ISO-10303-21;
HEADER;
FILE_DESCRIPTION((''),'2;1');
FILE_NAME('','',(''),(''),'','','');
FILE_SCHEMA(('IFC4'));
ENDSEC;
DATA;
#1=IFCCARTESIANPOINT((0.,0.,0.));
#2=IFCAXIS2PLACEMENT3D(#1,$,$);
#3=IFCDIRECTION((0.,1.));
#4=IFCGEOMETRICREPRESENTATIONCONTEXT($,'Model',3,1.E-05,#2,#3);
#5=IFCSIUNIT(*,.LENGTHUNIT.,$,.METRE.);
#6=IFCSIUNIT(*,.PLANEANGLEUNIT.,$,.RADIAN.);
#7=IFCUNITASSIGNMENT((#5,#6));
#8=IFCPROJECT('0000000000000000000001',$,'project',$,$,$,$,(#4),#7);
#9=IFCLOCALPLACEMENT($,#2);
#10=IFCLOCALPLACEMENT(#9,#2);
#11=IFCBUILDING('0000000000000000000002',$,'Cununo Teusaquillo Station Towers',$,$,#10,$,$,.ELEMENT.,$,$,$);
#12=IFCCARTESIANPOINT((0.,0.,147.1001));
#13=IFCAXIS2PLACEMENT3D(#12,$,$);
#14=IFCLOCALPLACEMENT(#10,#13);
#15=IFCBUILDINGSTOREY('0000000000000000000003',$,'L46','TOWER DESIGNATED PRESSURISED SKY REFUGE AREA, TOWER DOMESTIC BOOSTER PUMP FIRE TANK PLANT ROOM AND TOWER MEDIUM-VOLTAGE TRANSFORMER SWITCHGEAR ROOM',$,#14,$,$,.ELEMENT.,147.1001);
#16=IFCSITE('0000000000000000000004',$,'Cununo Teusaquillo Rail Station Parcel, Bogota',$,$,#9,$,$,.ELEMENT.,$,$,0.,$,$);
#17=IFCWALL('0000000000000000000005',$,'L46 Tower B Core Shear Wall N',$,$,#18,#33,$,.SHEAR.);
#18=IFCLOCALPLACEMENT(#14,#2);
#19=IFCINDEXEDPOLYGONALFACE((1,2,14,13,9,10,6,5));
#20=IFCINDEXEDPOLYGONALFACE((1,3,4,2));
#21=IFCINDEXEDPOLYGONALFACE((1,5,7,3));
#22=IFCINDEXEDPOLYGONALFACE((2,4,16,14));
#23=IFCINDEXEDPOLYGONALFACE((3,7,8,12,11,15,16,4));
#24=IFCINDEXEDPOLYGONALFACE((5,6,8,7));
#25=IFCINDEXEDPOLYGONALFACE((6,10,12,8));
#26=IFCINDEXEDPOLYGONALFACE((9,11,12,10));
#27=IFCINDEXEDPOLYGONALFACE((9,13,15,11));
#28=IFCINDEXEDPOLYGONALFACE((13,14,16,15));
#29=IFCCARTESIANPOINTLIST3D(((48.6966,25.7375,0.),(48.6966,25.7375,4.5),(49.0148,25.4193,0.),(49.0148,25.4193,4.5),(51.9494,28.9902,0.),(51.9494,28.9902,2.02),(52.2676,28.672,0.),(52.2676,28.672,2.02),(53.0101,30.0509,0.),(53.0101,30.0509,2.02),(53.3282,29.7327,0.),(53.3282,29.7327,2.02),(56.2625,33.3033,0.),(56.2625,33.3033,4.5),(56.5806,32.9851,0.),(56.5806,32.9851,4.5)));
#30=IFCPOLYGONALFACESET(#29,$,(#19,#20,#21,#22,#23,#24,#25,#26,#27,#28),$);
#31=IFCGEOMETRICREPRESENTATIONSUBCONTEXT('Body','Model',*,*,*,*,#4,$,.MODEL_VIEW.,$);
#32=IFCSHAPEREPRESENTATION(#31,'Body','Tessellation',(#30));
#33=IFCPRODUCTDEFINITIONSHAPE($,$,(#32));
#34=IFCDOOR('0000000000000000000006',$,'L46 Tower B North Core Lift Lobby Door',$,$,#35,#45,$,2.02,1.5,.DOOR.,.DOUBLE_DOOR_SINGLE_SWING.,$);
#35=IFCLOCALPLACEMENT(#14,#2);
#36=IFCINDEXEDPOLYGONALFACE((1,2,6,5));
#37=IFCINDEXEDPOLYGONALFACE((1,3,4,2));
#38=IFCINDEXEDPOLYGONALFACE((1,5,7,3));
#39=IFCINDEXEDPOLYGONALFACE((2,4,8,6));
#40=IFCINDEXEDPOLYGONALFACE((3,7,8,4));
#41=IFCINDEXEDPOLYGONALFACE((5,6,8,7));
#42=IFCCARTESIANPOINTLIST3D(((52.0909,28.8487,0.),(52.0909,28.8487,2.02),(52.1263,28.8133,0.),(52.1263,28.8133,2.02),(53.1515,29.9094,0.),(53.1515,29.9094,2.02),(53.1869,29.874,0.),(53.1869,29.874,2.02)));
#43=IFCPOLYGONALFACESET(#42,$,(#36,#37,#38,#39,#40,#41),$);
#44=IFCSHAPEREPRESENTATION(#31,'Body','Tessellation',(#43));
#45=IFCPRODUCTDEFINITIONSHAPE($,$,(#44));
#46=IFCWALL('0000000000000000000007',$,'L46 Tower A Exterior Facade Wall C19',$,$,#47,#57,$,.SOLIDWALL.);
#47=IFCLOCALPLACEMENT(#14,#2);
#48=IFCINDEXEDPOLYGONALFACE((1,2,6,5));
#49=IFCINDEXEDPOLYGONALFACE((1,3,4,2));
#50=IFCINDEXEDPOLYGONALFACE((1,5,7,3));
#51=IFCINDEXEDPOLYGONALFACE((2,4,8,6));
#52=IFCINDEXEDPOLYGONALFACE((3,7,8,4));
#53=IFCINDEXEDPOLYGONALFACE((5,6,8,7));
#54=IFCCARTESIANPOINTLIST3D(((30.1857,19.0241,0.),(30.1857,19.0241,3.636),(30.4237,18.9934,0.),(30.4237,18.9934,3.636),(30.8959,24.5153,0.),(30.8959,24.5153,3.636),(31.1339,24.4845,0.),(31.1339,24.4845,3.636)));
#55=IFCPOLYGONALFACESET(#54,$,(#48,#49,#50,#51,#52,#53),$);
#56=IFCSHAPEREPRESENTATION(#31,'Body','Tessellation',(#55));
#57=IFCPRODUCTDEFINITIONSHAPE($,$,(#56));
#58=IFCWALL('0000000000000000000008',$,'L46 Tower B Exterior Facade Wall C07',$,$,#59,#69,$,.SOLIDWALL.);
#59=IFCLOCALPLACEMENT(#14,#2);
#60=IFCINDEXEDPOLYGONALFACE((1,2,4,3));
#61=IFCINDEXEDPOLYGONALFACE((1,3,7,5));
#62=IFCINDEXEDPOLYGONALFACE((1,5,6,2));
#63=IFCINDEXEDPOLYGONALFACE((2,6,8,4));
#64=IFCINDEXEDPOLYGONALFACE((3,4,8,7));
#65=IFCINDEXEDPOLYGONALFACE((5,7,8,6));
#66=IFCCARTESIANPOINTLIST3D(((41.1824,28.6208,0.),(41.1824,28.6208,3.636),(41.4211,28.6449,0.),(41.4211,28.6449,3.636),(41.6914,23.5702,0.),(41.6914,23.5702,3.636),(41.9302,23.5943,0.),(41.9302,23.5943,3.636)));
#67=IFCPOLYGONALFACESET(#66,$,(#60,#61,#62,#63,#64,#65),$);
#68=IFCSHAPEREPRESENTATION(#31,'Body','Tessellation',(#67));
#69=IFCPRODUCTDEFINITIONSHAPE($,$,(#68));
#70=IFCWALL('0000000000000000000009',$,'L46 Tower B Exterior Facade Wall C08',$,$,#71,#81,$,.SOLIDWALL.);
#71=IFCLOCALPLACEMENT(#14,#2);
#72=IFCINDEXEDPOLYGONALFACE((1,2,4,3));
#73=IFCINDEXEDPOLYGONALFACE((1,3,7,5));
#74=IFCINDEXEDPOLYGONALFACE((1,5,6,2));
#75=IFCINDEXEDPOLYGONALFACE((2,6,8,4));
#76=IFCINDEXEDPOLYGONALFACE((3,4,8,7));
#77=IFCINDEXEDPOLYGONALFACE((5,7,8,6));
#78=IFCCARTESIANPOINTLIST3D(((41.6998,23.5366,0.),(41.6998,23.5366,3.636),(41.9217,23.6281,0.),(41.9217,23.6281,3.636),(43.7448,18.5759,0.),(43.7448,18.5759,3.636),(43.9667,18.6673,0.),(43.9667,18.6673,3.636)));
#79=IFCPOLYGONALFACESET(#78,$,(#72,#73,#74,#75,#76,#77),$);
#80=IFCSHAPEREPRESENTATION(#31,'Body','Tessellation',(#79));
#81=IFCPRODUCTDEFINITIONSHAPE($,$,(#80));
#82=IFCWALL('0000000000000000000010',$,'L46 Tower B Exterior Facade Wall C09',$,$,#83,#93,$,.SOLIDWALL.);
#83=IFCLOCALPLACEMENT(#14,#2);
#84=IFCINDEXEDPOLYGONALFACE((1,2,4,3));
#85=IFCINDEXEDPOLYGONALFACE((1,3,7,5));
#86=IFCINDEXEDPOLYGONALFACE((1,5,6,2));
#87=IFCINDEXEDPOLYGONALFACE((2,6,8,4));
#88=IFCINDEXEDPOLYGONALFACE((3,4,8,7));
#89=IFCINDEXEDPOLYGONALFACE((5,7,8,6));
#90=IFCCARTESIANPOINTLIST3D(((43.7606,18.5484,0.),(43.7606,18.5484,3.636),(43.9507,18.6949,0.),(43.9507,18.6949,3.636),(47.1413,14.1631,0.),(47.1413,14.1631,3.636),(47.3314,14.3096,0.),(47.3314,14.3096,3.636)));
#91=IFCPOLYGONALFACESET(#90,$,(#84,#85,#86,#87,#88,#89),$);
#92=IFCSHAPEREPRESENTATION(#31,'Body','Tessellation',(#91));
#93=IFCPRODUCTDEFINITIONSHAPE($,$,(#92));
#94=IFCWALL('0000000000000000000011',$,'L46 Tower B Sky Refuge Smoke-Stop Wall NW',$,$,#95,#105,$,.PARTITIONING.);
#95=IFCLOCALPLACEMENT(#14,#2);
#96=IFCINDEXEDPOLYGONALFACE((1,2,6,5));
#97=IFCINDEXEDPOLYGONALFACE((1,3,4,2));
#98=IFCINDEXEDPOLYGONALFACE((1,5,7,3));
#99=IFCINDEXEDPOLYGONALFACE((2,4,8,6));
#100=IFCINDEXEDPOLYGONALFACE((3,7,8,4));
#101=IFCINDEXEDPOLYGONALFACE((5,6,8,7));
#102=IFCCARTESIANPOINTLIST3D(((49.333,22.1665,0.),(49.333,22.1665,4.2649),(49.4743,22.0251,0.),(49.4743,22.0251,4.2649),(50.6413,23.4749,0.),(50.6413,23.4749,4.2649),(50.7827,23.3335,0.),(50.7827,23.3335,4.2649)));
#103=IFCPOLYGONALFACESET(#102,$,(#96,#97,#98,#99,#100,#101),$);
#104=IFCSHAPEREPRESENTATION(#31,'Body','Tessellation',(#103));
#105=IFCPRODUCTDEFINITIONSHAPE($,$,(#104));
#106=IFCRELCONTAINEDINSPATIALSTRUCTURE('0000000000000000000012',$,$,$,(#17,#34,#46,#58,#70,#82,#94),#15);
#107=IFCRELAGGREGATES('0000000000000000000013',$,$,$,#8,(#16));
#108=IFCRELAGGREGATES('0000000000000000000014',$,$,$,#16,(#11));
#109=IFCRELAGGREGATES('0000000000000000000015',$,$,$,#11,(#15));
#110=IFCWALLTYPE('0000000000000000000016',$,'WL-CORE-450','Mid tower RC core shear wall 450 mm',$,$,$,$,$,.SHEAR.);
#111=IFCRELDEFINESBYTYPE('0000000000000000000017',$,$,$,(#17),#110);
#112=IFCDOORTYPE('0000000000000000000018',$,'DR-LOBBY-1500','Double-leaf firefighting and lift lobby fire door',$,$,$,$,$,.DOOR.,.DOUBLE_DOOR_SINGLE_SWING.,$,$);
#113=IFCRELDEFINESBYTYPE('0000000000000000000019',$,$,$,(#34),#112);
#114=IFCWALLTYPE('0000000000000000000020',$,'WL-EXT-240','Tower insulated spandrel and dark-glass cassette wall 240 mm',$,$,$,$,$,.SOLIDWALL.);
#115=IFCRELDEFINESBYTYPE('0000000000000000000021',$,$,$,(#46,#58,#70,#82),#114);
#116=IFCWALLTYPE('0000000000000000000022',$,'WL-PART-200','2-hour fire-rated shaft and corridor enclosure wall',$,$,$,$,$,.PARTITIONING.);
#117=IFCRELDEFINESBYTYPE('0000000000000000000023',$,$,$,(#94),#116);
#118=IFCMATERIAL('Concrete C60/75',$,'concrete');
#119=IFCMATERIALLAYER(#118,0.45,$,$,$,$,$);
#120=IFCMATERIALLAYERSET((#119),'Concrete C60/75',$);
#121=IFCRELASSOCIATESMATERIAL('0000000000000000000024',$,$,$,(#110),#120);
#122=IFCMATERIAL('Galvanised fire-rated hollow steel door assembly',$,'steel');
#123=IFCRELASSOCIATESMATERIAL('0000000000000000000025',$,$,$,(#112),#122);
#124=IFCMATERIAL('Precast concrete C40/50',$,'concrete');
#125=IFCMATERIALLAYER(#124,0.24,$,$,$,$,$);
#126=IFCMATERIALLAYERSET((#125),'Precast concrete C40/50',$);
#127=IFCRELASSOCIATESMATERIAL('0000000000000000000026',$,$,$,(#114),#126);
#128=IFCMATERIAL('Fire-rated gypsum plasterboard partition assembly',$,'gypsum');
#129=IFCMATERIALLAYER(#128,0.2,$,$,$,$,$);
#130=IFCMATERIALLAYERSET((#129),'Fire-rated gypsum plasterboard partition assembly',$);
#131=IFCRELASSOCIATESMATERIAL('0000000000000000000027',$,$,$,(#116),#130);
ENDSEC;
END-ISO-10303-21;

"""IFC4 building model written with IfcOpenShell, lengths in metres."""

from ifc_helpers import new_model, si_unit, direction, frame, frame_2d, origin, place, context, subcontext, project, spatial, rectangle, extrude, source, transform, mapped, material, layer, layer_set, type_object, element, fill, save


model = new_model("IFC4")

# Units and contexts
model_context = context("Model", 3, precision=1e-05, world=origin(), true_north=direction((0.0, 1.0)))
body_context = subcontext(model_context, "Body", "Model", "MODEL_VIEW")
ifc_project = project(units=[si_unit("LENGTHUNIT", "METRE"), si_unit("PLANEANGLEUNIT", "RADIAN")], contexts=[model_context])

# Site, building, storey
site_placement = place(None, origin())
site = spatial("IfcSite", under=ifc_project, at=site_placement, Name="Cununo Teusaquillo Rail Station Parcel, Bogota", CompositionType="ELEMENT", RefElevation=0.0)
building_placement = place(site_placement, origin())
building = spatial("IfcBuilding", under=site, at=building_placement, Name="Cununo Teusaquillo Station Towers", CompositionType="ELEMENT")
storey_placement = place(building_placement, frame((0.0, 0.0, 147.1001)))
storey = spatial("IfcBuildingStorey", under=building, at=storey_placement, Name="L46", Description="TOWER DESIGNATED PRESSURISED SKY REFUGE AREA, TOWER DOMESTIC BOOSTER PUMP FIRE TANK PLANT ROOM AND TOWER MEDIUM-VOLTAGE TRANSFORMER SWITCHGEAR ROOM", CompositionType="ELEMENT", Elevation=147.1001)

# Wall, opening, door
ifc_material_1 = material(Name="Concrete C60/75", Category="concrete")
ifc_layer_1 = layer(ifc_material_1, 0.45)
ifc_layer_set_1 = layer_set([ifc_layer_1], Name="Concrete C60/75")
wall_type_1 = type_object("IfcWallType", Name="WL-CORE-450", Description="Mid tower RC core shear wall 450 mm", PredefinedType="SHEAR", material=ifc_layer_set_1)
wall_1_placement = place(storey_placement, frame((48.8557, 25.5784, 0.0), z_axis=(0.0, 0.0, 1.0), x_axis=(0.707107, 0.707107, 0.0)))
wall_1 = element("IfcWall", 1, at=wall_1_placement, inside=storey, type_object=wall_type_1, Name="L46 Tower B Core Shear Wall N", PredefinedType="SHEAR", context=body_context, shape_type="SweptSolid", body=[
    extrude(rectangle(XDim=10.6997, YDim=0.45, at=frame_2d((5.3499, 0.0))), origin(), (0.0, 0.0, 1.0), 4.5),
])
shared_shape_1 = source(origin(), body_context, "Body", "SweptSolid", [
    extrude(rectangle(XDim=1.5, YDim=2.02, at=frame_2d((0.75, 1.01))), frame((0.0, 0.2349, 0.0), z_axis=(0.0, -1.0, 0.0), x_axis=(1.0, 0.0, 0.0)), (0.0, 0.0, 1.0), 0.47),
])
opening_placement = place(wall_1_placement, frame((4.6001, 0.0, 0.0)))
opening = element("IfcOpeningElement", 2, at=opening_placement, cuts=wall_1, PredefinedType="OPENING", context=body_context, shape_type="MappedRepresentation", body=[
    mapped(shared_shape_1, transform((0.0, 0.0, 0.0), x_axis=(1.0, 0.0, 0.0), y_axis=(0.0, 1.0, 0.0), z_axis=(0.0, 0.0, 1.0), scale=1.0)),
])
ifc_material_2 = material(Name="Galvanised fire-rated hollow steel door assembly", Category="steel")
door_type = type_object("IfcDoorType", Name="DR-LOBBY-1500", Description="Double-leaf firefighting and lift lobby fire door", OperationType="DOUBLE_DOOR_SINGLE_SWING", PredefinedType="DOOR", material=ifc_material_2)
shared_shape_2 = source(origin(), body_context, "Body", "SweptSolid", [
    extrude(rectangle(XDim=1.5, YDim=2.02, at=frame_2d((0.75, 1.01))), frame((0.0, 0.0249, 0.0), z_axis=(0.0, -1.0, 0.0), x_axis=(1.0, 0.0, 0.0)), (0.0, 0.0, 1.0), 0.05),
])
door_placement = place(opening_placement, origin())
door = element("IfcDoor", 3, at=door_placement, inside=storey, type_object=door_type, Name="L46 Tower B North Core Lift Lobby Door", OperationType="DOUBLE_DOOR_SINGLE_SWING", OverallHeight=2.02, OverallWidth=1.5, PredefinedType="DOOR", context=body_context, shape_type="MappedRepresentation", body=[
    mapped(shared_shape_2, transform((0.0, 0.0, 0.0), x_axis=(1.0, 0.0, 0.0), y_axis=(0.0, 1.0, 0.0), z_axis=(0.0, 0.0, 1.0), scale=1.0)),
])
fill(opening, door)

# Walls
ifc_material_3 = material(Name="Precast concrete C40/50", Category="concrete")
ifc_layer_2 = layer(ifc_material_3, 0.24)
ifc_layer_set_2 = layer_set([ifc_layer_2], Name="Precast concrete C40/50")
wall_type_2 = type_object("IfcWallType", Name="WL-EXT-240", Description="Tower insulated spandrel and dark-glass cassette wall 240 mm", PredefinedType="SOLIDWALL", material=ifc_layer_set_2)
wall_2_placement = place(storey_placement, frame((31.0149, 24.5, 0.0), z_axis=(0.0, 0.0, 1.0), x_axis=(-0.128267, -0.99174, 0.0)))
element("IfcWall", 4, at=wall_2_placement, inside=storey, type_object=wall_type_2, Name="L46 Tower A Exterior Facade Wall C19", PredefinedType="SOLIDWALL", context=body_context, shape_type="SweptSolid", body=[
    extrude(rectangle(XDim=5.5369, YDim=0.24, at=frame_2d((2.7686, 0.0))), origin(), (0.0, 0.0, 1.0), 3.636),
])
wall_3_placement = place(storey_placement, frame((41.8108, 23.5823, 0.0), z_axis=(0.0, 0.0, 1.0), x_axis=(-0.10028, 0.994959, 0.0)))
element("IfcWall", 5, at=wall_3_placement, inside=storey, type_object=wall_type_2, Name="L46 Tower B Exterior Facade Wall C07", PredefinedType="SOLIDWALL", context=body_context, shape_type="SweptSolid", body=[
    extrude(rectangle(XDim=5.0762, YDim=0.24, at=frame_2d((2.5381, 0.0))), origin(), (0.0, 0.0, 1.0), 3.636),
])
wall_4_placement = place(storey_placement, frame((43.8557, 18.6216, 0.0), z_axis=(0.0, 0.0, 1.0), x_axis=(-0.381114, 0.924528, 0.0)))
element("IfcWall", 6, at=wall_4_placement, inside=storey, type_object=wall_type_2, Name="L46 Tower B Exterior Facade Wall C08", PredefinedType="SOLIDWALL", context=body_context, shape_type="SweptSolid", body=[
    extrude(rectangle(XDim=5.3657, YDim=0.24, at=frame_2d((2.6829, 0.0))), origin(), (0.0, 0.0, 1.0), 3.636),
])
wall_5_placement = place(storey_placement, frame((47.2363, 14.2363, 0.0), z_axis=(0.0, 0.0, 1.0), x_axis=(-0.610544, 0.791983, 0.0)))
element("IfcWall", 7, at=wall_5_placement, inside=storey, type_object=wall_type_2, Name="L46 Tower B Exterior Facade Wall C09", PredefinedType="SOLIDWALL", context=body_context, shape_type="SweptSolid", body=[
    extrude(rectangle(XDim=5.5371, YDim=0.24, at=frame_2d((2.7686, 0.0))), origin(), (0.0, 0.0, 1.0), 3.636),
])
ifc_material_4 = material(Name="Fire-rated gypsum plasterboard partition assembly", Category="gypsum")
ifc_layer_3 = layer(ifc_material_4, 0.2)
ifc_layer_set_3 = layer_set([ifc_layer_3], Name="Fire-rated gypsum plasterboard partition assembly")
wall_type_3 = type_object("IfcWallType", Name="WL-PART-200", Description="2-hour fire-rated shaft and corridor enclosure wall", PredefinedType="PARTITIONING", material=ifc_layer_set_3)
wall_6_placement = place(storey_placement, frame((49.4036, 22.0957, 0.0), z_axis=(0.0, 0.0, 1.0), x_axis=(0.707107, 0.707107, 0.0)))
element("IfcWall", 8, at=wall_6_placement, inside=storey, type_object=wall_type_3, Name="L46 Tower B Sky Refuge Smoke-Stop Wall NW", PredefinedType="PARTITIONING", context=body_context, shape_type="SweptSolid", body=[
    extrude(rectangle(XDim=1.8503, YDim=0.2, at=frame_2d((0.9253, 0.0))), origin(), (0.0, 0.0, 1.0), 4.2649),
])

save(model, "model.ifc")
